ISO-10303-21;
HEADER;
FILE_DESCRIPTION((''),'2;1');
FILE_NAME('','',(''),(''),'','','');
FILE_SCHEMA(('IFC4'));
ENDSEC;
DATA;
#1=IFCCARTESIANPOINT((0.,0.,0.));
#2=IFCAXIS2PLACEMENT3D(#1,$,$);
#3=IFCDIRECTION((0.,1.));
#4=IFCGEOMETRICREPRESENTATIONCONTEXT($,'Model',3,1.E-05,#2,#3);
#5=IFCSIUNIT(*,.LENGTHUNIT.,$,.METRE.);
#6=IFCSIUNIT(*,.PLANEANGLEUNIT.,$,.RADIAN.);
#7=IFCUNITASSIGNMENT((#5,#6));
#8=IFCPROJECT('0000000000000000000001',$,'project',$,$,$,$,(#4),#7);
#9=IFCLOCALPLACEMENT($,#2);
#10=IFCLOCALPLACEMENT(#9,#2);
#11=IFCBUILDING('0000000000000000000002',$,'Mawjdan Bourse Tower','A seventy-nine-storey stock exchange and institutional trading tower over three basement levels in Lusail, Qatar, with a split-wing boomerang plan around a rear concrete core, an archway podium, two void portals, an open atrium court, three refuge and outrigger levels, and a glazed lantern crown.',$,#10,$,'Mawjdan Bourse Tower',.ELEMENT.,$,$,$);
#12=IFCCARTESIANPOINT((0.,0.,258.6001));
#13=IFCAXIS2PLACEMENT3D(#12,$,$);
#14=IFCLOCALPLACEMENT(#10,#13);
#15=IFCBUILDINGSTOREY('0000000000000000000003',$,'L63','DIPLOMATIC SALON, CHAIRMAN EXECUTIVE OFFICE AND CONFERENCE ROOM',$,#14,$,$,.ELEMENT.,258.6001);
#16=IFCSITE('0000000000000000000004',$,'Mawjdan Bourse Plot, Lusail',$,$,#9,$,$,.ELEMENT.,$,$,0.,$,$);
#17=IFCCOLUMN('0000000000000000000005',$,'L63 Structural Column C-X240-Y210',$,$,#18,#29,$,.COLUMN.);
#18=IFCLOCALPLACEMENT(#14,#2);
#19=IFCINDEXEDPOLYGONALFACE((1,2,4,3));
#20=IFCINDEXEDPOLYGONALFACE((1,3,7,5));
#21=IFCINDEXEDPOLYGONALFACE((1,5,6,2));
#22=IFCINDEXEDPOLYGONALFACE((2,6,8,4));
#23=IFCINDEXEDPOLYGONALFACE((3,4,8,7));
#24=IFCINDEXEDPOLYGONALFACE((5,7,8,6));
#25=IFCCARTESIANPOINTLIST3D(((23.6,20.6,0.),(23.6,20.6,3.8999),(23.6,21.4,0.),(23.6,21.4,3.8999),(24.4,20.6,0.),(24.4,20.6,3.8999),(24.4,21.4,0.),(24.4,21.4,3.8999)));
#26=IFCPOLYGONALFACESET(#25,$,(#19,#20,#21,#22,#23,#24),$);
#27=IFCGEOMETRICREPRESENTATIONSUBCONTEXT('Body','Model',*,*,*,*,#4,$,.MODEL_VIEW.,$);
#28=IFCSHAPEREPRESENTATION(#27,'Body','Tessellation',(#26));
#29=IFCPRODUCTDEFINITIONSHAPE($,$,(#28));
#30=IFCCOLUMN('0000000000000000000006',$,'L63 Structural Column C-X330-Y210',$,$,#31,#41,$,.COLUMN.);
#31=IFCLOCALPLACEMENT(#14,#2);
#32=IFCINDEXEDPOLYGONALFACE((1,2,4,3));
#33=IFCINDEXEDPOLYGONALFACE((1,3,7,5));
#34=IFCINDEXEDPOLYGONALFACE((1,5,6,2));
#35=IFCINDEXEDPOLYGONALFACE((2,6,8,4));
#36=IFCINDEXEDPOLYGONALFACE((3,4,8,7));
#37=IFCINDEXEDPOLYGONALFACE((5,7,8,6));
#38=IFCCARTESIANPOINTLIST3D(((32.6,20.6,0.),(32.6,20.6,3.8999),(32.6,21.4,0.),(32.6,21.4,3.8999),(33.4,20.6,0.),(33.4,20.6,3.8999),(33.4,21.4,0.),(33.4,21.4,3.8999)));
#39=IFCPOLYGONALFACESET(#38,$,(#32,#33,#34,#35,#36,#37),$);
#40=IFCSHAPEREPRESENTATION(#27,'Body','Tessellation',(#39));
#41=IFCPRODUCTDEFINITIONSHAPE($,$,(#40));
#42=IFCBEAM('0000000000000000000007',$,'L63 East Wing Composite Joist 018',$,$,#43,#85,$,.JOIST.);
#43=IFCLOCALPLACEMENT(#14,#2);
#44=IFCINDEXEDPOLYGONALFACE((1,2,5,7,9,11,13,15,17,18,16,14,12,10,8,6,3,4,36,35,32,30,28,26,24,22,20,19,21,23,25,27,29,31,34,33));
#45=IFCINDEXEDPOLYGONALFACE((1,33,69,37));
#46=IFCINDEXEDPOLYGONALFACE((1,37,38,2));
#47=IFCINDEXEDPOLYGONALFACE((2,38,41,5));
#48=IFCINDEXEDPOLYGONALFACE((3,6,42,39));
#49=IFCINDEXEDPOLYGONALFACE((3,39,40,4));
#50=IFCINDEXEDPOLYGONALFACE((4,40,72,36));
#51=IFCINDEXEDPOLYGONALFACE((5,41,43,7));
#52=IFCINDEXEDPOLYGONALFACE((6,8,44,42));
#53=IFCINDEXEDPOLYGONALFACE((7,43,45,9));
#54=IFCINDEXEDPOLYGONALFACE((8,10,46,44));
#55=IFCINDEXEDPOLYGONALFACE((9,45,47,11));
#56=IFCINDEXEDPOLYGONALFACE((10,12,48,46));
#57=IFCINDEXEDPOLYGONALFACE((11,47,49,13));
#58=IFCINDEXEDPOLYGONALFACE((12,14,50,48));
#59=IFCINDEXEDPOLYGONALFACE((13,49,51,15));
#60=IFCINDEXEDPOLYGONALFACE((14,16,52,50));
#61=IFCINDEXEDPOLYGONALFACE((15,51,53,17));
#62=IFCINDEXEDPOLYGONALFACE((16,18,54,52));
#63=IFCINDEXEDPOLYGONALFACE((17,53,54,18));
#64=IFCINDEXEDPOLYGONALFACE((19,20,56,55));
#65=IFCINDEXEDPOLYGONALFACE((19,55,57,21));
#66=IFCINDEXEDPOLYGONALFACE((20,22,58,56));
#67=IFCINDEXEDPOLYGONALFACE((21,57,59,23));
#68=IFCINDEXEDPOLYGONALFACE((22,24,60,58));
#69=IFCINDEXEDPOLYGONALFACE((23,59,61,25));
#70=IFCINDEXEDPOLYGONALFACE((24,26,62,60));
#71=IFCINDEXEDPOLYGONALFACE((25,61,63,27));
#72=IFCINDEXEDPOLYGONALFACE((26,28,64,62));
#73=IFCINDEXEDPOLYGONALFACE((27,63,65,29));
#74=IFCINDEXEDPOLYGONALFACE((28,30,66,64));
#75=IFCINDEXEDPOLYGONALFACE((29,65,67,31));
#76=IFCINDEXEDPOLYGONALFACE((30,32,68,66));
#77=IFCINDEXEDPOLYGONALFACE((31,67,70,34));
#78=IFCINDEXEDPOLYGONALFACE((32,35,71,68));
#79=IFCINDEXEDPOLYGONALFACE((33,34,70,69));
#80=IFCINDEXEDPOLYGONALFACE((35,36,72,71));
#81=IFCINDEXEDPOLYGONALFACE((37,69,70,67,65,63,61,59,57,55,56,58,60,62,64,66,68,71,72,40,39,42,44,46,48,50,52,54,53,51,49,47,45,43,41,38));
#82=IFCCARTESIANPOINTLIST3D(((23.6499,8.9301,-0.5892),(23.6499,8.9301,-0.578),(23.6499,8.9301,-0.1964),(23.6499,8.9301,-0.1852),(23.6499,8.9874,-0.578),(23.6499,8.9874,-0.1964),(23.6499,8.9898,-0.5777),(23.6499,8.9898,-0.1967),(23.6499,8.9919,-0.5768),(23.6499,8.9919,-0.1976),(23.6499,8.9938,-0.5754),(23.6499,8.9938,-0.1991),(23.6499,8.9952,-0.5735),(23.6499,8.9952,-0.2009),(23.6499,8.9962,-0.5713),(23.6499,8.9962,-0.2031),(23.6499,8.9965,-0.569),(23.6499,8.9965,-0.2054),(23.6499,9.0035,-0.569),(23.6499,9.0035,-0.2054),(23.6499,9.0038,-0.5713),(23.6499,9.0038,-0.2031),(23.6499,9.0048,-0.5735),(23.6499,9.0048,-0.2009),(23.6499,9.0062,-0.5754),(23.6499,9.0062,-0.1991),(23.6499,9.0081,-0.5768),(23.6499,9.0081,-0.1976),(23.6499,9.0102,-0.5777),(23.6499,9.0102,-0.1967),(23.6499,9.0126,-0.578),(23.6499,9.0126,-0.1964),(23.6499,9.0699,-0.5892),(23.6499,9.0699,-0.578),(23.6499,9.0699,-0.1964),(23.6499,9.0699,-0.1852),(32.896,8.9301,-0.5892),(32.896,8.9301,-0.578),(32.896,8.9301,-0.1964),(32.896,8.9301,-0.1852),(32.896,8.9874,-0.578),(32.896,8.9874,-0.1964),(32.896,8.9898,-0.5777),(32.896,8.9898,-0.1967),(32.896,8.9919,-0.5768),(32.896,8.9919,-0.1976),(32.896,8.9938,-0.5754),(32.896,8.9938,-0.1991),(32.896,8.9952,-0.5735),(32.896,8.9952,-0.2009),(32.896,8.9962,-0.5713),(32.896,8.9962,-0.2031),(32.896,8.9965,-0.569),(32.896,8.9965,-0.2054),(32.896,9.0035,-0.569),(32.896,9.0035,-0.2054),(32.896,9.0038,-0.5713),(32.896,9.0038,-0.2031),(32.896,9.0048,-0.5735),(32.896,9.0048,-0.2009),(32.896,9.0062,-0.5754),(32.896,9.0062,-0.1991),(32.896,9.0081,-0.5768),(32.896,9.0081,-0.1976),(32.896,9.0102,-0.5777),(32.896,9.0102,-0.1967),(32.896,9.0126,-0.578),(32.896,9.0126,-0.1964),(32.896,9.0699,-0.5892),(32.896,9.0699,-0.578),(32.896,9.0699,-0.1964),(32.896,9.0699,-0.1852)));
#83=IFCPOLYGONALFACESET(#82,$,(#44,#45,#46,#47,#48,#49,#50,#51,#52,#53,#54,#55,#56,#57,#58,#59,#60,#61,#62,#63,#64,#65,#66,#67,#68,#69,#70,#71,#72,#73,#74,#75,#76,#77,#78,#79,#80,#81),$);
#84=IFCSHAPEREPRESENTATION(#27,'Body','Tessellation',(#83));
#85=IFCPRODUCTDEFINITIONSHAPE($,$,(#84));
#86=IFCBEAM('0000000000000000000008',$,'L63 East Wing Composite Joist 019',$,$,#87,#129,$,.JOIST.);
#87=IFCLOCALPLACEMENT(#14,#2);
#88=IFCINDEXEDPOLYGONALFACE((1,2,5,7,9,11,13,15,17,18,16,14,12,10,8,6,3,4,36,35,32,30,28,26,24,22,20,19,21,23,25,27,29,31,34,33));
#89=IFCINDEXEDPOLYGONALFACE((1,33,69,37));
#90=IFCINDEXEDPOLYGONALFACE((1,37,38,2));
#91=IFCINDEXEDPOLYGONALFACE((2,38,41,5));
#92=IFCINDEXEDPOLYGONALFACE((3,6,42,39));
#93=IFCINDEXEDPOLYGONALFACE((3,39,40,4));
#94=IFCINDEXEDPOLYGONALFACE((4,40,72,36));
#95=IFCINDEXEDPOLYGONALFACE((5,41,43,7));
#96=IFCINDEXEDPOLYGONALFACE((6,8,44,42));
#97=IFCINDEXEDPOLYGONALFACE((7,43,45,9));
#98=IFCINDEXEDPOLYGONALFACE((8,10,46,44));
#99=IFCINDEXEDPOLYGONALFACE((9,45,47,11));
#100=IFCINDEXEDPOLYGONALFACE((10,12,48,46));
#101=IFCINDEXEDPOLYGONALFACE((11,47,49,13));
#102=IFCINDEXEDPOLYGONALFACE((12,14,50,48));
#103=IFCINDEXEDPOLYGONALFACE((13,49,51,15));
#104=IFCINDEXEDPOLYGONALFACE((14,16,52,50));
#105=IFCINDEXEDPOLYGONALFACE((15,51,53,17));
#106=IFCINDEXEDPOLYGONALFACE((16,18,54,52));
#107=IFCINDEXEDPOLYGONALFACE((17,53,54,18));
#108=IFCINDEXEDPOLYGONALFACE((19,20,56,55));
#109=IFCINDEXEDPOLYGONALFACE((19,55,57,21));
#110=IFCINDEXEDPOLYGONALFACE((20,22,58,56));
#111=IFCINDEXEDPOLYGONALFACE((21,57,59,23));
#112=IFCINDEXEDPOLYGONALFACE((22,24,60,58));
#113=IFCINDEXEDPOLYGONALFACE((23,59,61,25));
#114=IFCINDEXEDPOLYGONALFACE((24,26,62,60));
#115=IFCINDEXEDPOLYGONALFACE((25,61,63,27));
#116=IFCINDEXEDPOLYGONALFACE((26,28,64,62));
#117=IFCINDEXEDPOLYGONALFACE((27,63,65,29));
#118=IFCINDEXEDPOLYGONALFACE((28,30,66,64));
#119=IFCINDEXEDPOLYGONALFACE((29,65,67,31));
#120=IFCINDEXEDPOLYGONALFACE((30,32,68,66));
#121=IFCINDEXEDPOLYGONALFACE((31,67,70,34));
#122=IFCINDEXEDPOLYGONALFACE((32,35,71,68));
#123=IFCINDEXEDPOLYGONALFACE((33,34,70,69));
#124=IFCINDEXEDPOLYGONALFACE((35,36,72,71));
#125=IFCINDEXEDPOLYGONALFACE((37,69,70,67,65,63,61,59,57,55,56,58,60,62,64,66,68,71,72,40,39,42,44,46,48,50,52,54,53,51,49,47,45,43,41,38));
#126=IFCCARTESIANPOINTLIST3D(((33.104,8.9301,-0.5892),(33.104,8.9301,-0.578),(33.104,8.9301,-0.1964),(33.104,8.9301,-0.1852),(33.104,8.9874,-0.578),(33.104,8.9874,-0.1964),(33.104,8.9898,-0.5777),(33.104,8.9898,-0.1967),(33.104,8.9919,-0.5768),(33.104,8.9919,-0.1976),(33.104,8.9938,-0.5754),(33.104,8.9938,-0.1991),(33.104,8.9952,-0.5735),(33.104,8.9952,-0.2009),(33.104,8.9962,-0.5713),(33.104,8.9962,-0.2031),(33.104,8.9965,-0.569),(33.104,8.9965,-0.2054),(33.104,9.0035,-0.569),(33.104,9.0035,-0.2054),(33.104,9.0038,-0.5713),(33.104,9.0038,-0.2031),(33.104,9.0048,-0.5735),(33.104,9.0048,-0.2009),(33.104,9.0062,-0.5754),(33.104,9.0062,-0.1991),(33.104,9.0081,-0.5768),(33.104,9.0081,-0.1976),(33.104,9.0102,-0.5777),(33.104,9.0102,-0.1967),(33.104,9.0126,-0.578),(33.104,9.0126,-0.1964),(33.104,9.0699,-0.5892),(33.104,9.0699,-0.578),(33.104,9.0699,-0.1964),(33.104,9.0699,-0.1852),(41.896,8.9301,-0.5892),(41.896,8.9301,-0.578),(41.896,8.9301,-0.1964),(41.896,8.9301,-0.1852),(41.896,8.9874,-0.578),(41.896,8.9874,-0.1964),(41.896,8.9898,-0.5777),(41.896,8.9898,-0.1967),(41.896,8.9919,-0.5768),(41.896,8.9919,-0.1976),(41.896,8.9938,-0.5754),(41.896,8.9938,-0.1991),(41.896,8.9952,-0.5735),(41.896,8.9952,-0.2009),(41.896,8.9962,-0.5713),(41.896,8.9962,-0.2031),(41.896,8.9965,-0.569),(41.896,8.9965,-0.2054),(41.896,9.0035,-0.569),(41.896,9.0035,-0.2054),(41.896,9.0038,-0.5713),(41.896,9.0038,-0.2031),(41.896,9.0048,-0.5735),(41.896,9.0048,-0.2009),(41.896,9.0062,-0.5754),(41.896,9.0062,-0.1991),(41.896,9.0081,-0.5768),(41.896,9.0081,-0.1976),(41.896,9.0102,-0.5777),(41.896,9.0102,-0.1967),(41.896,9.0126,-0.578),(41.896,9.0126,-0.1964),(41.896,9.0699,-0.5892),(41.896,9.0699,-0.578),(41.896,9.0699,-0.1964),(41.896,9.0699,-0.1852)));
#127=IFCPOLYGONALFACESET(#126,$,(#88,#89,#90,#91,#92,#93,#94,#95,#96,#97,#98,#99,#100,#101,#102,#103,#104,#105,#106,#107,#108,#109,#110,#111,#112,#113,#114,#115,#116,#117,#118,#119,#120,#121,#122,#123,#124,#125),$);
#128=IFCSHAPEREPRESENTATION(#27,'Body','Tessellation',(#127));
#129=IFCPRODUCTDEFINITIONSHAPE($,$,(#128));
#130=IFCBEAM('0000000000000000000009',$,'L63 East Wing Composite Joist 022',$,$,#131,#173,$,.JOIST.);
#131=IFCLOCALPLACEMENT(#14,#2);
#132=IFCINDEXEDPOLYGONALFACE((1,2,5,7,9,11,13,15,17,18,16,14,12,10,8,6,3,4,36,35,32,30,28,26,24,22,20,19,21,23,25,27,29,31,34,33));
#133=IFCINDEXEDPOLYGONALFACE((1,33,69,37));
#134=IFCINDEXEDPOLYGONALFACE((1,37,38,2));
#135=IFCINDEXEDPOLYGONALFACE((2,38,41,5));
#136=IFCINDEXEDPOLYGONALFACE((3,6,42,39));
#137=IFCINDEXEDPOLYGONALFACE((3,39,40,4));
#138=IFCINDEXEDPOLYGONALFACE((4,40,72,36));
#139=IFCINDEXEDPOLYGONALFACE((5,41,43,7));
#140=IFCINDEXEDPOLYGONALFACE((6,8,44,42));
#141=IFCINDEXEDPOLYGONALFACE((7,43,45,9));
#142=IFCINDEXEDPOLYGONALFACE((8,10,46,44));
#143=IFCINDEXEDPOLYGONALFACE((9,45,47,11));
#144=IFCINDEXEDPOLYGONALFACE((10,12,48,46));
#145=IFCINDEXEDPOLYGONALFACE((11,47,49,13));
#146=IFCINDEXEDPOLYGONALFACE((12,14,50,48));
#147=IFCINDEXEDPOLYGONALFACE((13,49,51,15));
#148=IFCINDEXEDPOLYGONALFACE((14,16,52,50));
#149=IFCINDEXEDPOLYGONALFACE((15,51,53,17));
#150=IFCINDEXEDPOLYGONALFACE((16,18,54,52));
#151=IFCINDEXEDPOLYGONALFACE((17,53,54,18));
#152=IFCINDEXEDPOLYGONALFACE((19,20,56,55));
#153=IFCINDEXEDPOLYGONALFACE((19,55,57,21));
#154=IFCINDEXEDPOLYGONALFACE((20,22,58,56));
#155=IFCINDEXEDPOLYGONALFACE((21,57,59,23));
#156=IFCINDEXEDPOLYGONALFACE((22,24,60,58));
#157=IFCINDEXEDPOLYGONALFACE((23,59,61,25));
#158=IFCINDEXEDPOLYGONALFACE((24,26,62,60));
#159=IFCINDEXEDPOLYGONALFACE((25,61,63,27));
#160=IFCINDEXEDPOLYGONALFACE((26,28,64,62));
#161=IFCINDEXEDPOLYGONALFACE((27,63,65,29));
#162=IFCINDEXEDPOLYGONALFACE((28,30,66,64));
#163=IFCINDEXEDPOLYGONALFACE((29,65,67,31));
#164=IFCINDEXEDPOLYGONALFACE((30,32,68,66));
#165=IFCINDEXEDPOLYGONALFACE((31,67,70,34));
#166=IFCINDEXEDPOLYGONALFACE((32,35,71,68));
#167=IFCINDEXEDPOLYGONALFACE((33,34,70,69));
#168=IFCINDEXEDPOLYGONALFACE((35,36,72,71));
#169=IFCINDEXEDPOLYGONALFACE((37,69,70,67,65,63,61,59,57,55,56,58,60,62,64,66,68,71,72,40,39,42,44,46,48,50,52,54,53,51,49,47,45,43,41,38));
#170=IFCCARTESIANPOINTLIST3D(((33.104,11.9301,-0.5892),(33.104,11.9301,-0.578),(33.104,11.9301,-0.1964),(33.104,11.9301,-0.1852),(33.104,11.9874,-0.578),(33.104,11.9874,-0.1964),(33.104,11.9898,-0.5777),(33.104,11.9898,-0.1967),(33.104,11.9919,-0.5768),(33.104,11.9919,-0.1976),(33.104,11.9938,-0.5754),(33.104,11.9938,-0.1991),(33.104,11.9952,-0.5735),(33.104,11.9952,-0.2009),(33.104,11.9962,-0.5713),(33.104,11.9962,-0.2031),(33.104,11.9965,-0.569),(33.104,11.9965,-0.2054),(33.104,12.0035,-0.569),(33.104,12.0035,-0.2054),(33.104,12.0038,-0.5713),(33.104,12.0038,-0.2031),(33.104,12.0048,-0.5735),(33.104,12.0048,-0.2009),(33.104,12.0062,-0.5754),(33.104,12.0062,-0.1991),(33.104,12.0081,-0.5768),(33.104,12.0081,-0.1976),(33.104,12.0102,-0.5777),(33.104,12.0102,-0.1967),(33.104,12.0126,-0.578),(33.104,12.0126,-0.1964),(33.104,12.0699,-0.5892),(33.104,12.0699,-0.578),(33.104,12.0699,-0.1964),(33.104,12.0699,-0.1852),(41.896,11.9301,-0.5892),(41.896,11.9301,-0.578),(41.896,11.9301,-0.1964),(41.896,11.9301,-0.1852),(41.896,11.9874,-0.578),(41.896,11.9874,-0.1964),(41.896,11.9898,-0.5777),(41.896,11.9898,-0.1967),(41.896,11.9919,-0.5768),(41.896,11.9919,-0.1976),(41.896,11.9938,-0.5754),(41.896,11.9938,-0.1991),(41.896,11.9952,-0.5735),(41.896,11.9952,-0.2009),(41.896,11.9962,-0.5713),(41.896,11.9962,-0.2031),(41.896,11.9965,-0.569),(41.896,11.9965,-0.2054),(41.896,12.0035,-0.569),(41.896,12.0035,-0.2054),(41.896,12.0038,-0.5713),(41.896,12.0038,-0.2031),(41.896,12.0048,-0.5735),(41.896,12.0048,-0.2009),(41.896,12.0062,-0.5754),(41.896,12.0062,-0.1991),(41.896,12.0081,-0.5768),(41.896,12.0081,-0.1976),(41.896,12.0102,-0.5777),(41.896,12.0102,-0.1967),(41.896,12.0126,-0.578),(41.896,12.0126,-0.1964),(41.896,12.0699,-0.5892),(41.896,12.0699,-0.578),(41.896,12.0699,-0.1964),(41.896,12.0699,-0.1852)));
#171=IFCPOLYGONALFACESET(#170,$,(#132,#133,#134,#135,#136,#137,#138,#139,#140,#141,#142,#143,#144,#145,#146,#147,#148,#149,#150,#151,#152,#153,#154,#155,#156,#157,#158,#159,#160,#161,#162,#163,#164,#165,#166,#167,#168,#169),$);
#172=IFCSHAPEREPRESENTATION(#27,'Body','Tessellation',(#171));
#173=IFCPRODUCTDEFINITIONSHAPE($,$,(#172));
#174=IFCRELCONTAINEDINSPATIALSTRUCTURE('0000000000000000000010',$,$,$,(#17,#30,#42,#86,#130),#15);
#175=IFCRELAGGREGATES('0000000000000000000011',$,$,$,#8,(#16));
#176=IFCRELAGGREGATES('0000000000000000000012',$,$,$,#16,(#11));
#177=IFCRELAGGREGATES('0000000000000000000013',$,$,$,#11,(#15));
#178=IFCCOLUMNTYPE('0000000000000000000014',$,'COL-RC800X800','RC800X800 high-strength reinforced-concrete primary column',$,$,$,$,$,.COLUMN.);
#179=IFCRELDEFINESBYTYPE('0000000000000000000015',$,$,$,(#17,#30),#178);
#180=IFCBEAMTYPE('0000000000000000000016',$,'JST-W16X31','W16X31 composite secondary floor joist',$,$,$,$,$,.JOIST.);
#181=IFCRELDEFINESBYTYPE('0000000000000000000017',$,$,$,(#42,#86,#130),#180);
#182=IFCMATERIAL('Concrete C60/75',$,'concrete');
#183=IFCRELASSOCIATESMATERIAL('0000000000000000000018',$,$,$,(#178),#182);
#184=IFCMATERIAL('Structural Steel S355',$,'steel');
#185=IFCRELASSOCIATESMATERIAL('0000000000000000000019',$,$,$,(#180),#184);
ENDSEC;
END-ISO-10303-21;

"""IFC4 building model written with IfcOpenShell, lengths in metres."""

from ifc_helpers import new_model, si_unit, direction, frame, origin, origin_2d, place, context, subcontext, project, spatial, rectangle, i_section, extrude, material, material_profile, profile_set, type_object, element, save


model = new_model("IFC4")

# Units and contexts
model_context = context("Model", 3, precision=1e-05, world=origin(), true_north=direction((0.0, 1.0)))
body_context = subcontext(model_context, "Body", "Model", "MODEL_VIEW")
ifc_project = project(units=[si_unit("LENGTHUNIT", "METRE"), si_unit("PLANEANGLEUNIT", "RADIAN")], contexts=[model_context])

# Site, building, storey
site_placement = place(None, origin())
site = spatial("IfcSite", under=ifc_project, at=site_placement, Name="Mawjdan Bourse Plot, Lusail", CompositionType="ELEMENT", RefElevation=0.0)
building_placement = place(site_placement, origin())
building = spatial("IfcBuilding", under=site, at=building_placement, Name="Mawjdan Bourse Tower", Description="A seventy-nine-storey stock exchange and institutional trading tower over three basement levels in Lusail, Qatar, with a split-wing boomerang plan around a rear concrete core, an archway podium, two void portals, an open atrium court, three refuge and outrigger levels, and a glazed lantern crown.", LongName="Mawjdan Bourse Tower", CompositionType="ELEMENT")
storey_placement = place(building_placement, frame((0.0, 0.0, 258.6001)))
storey = spatial("IfcBuildingStorey", under=building, at=storey_placement, Name="L63", Description="DIPLOMATIC SALON, CHAIRMAN EXECUTIVE OFFICE AND CONFERENCE ROOM", CompositionType="ELEMENT", Elevation=258.6001)

# Columns
ifc_material_1 = material(Name="Concrete C60/75", Category="concrete")
ifc_material_profile_1 = material_profile(ifc_material_1, rectangle(XDim=0.8, YDim=0.8, at=origin_2d()), Name="RC800X800")
ifc_profile_set_1 = profile_set([ifc_material_profile_1], Name="Concrete C60/75")
column_type = type_object("IfcColumnType", Name="COL-RC800X800", Description="RC800X800 high-strength reinforced-concrete primary column", PredefinedType="COLUMN", material=ifc_profile_set_1)
for number, where, z_axis, x_axis, name in (
    (1, (24.0, 21.0, 0.0), (0.0, 0.0, 1.0), (1.0, 0.0, 0.0), "L63 Structural Column C-X240-Y210"),
    (2, (33.0, 21.0, 0.0), (0.0, 0.0, 1.0), (1.0, 0.0, 0.0), "L63 Structural Column C-X330-Y210"),
):
    element("IfcColumn", number, at=place(storey_placement, frame(where, z_axis=z_axis, x_axis=x_axis)), inside=storey, type_object=column_type, Name=name, PredefinedType="COLUMN", context=body_context, shape_type="SweptSolid", body=[
        extrude(rectangle(XDim=0.8, YDim=0.8, at=origin_2d()), origin(), (0.0, 0.0, 1.0), 3.8999),
    ])

# Beams
ifc_material_2 = material(Name="Structural Steel S355", Category="steel")
ifc_material_profile_2 = material_profile(ifc_material_2, i_section(OverallWidth=0.1399, OverallDepth=0.4041, WebThickness=0.0071, FlangeThickness=0.0112, FilletRadius=0.009, at=origin_2d()), Name="W16X31")
ifc_profile_set_2 = profile_set([ifc_material_profile_2], Name="Structural Steel S355")
beam_type_1 = type_object("IfcBeamType", Name="JST-W16X31", Description="W16X31 composite secondary floor joist", PredefinedType="JOIST", material=ifc_profile_set_2)
beam_1_placement = place(storey_placement, frame((23.6499, 9.0, -0.3872), z_axis=(1.0, 0.0, 0.0), x_axis=(0.0, 1.0, 0.0)))
element("IfcBeam", 3, at=beam_1_placement, inside=storey, type_object=beam_type_1, Name="L63 East Wing Composite Joist 018", PredefinedType="JOIST", context=body_context, shape_type="SweptSolid", body=[
    extrude(i_section(OverallWidth=0.1399, OverallDepth=0.4041, WebThickness=0.0071, FlangeThickness=0.0112, FilletRadius=0.009, at=origin_2d()), origin(), (0.0, 0.0, 1.0), 9.2461),
])
for number, where, z_axis, x_axis, name in (
    (4, (33.104, 9.0, -0.3872), (1.0, 0.0, 0.0), (0.0, 1.0, 0.0), "L63 East Wing Composite Joist 019"),
    (5, (33.104, 12.0, -0.3872), (1.0, 0.0, 0.0), (0.0, 1.0, 0.0), "L63 East Wing Composite Joist 022"),
):
    element("IfcBeam", number, at=place(storey_placement, frame(where, z_axis=z_axis, x_axis=x_axis)), inside=storey, type_object=beam_type_1, Name=name, PredefinedType="JOIST", context=body_context, shape_type="SweptSolid", body=[
        extrude(i_section(OverallWidth=0.1399, OverallDepth=0.4041, WebThickness=0.0071, FlangeThickness=0.0112, FilletRadius=0.009, at=origin_2d()), origin(), (0.0, 0.0, 1.0), 8.792),
    ])

save(model, "model.ifc")
